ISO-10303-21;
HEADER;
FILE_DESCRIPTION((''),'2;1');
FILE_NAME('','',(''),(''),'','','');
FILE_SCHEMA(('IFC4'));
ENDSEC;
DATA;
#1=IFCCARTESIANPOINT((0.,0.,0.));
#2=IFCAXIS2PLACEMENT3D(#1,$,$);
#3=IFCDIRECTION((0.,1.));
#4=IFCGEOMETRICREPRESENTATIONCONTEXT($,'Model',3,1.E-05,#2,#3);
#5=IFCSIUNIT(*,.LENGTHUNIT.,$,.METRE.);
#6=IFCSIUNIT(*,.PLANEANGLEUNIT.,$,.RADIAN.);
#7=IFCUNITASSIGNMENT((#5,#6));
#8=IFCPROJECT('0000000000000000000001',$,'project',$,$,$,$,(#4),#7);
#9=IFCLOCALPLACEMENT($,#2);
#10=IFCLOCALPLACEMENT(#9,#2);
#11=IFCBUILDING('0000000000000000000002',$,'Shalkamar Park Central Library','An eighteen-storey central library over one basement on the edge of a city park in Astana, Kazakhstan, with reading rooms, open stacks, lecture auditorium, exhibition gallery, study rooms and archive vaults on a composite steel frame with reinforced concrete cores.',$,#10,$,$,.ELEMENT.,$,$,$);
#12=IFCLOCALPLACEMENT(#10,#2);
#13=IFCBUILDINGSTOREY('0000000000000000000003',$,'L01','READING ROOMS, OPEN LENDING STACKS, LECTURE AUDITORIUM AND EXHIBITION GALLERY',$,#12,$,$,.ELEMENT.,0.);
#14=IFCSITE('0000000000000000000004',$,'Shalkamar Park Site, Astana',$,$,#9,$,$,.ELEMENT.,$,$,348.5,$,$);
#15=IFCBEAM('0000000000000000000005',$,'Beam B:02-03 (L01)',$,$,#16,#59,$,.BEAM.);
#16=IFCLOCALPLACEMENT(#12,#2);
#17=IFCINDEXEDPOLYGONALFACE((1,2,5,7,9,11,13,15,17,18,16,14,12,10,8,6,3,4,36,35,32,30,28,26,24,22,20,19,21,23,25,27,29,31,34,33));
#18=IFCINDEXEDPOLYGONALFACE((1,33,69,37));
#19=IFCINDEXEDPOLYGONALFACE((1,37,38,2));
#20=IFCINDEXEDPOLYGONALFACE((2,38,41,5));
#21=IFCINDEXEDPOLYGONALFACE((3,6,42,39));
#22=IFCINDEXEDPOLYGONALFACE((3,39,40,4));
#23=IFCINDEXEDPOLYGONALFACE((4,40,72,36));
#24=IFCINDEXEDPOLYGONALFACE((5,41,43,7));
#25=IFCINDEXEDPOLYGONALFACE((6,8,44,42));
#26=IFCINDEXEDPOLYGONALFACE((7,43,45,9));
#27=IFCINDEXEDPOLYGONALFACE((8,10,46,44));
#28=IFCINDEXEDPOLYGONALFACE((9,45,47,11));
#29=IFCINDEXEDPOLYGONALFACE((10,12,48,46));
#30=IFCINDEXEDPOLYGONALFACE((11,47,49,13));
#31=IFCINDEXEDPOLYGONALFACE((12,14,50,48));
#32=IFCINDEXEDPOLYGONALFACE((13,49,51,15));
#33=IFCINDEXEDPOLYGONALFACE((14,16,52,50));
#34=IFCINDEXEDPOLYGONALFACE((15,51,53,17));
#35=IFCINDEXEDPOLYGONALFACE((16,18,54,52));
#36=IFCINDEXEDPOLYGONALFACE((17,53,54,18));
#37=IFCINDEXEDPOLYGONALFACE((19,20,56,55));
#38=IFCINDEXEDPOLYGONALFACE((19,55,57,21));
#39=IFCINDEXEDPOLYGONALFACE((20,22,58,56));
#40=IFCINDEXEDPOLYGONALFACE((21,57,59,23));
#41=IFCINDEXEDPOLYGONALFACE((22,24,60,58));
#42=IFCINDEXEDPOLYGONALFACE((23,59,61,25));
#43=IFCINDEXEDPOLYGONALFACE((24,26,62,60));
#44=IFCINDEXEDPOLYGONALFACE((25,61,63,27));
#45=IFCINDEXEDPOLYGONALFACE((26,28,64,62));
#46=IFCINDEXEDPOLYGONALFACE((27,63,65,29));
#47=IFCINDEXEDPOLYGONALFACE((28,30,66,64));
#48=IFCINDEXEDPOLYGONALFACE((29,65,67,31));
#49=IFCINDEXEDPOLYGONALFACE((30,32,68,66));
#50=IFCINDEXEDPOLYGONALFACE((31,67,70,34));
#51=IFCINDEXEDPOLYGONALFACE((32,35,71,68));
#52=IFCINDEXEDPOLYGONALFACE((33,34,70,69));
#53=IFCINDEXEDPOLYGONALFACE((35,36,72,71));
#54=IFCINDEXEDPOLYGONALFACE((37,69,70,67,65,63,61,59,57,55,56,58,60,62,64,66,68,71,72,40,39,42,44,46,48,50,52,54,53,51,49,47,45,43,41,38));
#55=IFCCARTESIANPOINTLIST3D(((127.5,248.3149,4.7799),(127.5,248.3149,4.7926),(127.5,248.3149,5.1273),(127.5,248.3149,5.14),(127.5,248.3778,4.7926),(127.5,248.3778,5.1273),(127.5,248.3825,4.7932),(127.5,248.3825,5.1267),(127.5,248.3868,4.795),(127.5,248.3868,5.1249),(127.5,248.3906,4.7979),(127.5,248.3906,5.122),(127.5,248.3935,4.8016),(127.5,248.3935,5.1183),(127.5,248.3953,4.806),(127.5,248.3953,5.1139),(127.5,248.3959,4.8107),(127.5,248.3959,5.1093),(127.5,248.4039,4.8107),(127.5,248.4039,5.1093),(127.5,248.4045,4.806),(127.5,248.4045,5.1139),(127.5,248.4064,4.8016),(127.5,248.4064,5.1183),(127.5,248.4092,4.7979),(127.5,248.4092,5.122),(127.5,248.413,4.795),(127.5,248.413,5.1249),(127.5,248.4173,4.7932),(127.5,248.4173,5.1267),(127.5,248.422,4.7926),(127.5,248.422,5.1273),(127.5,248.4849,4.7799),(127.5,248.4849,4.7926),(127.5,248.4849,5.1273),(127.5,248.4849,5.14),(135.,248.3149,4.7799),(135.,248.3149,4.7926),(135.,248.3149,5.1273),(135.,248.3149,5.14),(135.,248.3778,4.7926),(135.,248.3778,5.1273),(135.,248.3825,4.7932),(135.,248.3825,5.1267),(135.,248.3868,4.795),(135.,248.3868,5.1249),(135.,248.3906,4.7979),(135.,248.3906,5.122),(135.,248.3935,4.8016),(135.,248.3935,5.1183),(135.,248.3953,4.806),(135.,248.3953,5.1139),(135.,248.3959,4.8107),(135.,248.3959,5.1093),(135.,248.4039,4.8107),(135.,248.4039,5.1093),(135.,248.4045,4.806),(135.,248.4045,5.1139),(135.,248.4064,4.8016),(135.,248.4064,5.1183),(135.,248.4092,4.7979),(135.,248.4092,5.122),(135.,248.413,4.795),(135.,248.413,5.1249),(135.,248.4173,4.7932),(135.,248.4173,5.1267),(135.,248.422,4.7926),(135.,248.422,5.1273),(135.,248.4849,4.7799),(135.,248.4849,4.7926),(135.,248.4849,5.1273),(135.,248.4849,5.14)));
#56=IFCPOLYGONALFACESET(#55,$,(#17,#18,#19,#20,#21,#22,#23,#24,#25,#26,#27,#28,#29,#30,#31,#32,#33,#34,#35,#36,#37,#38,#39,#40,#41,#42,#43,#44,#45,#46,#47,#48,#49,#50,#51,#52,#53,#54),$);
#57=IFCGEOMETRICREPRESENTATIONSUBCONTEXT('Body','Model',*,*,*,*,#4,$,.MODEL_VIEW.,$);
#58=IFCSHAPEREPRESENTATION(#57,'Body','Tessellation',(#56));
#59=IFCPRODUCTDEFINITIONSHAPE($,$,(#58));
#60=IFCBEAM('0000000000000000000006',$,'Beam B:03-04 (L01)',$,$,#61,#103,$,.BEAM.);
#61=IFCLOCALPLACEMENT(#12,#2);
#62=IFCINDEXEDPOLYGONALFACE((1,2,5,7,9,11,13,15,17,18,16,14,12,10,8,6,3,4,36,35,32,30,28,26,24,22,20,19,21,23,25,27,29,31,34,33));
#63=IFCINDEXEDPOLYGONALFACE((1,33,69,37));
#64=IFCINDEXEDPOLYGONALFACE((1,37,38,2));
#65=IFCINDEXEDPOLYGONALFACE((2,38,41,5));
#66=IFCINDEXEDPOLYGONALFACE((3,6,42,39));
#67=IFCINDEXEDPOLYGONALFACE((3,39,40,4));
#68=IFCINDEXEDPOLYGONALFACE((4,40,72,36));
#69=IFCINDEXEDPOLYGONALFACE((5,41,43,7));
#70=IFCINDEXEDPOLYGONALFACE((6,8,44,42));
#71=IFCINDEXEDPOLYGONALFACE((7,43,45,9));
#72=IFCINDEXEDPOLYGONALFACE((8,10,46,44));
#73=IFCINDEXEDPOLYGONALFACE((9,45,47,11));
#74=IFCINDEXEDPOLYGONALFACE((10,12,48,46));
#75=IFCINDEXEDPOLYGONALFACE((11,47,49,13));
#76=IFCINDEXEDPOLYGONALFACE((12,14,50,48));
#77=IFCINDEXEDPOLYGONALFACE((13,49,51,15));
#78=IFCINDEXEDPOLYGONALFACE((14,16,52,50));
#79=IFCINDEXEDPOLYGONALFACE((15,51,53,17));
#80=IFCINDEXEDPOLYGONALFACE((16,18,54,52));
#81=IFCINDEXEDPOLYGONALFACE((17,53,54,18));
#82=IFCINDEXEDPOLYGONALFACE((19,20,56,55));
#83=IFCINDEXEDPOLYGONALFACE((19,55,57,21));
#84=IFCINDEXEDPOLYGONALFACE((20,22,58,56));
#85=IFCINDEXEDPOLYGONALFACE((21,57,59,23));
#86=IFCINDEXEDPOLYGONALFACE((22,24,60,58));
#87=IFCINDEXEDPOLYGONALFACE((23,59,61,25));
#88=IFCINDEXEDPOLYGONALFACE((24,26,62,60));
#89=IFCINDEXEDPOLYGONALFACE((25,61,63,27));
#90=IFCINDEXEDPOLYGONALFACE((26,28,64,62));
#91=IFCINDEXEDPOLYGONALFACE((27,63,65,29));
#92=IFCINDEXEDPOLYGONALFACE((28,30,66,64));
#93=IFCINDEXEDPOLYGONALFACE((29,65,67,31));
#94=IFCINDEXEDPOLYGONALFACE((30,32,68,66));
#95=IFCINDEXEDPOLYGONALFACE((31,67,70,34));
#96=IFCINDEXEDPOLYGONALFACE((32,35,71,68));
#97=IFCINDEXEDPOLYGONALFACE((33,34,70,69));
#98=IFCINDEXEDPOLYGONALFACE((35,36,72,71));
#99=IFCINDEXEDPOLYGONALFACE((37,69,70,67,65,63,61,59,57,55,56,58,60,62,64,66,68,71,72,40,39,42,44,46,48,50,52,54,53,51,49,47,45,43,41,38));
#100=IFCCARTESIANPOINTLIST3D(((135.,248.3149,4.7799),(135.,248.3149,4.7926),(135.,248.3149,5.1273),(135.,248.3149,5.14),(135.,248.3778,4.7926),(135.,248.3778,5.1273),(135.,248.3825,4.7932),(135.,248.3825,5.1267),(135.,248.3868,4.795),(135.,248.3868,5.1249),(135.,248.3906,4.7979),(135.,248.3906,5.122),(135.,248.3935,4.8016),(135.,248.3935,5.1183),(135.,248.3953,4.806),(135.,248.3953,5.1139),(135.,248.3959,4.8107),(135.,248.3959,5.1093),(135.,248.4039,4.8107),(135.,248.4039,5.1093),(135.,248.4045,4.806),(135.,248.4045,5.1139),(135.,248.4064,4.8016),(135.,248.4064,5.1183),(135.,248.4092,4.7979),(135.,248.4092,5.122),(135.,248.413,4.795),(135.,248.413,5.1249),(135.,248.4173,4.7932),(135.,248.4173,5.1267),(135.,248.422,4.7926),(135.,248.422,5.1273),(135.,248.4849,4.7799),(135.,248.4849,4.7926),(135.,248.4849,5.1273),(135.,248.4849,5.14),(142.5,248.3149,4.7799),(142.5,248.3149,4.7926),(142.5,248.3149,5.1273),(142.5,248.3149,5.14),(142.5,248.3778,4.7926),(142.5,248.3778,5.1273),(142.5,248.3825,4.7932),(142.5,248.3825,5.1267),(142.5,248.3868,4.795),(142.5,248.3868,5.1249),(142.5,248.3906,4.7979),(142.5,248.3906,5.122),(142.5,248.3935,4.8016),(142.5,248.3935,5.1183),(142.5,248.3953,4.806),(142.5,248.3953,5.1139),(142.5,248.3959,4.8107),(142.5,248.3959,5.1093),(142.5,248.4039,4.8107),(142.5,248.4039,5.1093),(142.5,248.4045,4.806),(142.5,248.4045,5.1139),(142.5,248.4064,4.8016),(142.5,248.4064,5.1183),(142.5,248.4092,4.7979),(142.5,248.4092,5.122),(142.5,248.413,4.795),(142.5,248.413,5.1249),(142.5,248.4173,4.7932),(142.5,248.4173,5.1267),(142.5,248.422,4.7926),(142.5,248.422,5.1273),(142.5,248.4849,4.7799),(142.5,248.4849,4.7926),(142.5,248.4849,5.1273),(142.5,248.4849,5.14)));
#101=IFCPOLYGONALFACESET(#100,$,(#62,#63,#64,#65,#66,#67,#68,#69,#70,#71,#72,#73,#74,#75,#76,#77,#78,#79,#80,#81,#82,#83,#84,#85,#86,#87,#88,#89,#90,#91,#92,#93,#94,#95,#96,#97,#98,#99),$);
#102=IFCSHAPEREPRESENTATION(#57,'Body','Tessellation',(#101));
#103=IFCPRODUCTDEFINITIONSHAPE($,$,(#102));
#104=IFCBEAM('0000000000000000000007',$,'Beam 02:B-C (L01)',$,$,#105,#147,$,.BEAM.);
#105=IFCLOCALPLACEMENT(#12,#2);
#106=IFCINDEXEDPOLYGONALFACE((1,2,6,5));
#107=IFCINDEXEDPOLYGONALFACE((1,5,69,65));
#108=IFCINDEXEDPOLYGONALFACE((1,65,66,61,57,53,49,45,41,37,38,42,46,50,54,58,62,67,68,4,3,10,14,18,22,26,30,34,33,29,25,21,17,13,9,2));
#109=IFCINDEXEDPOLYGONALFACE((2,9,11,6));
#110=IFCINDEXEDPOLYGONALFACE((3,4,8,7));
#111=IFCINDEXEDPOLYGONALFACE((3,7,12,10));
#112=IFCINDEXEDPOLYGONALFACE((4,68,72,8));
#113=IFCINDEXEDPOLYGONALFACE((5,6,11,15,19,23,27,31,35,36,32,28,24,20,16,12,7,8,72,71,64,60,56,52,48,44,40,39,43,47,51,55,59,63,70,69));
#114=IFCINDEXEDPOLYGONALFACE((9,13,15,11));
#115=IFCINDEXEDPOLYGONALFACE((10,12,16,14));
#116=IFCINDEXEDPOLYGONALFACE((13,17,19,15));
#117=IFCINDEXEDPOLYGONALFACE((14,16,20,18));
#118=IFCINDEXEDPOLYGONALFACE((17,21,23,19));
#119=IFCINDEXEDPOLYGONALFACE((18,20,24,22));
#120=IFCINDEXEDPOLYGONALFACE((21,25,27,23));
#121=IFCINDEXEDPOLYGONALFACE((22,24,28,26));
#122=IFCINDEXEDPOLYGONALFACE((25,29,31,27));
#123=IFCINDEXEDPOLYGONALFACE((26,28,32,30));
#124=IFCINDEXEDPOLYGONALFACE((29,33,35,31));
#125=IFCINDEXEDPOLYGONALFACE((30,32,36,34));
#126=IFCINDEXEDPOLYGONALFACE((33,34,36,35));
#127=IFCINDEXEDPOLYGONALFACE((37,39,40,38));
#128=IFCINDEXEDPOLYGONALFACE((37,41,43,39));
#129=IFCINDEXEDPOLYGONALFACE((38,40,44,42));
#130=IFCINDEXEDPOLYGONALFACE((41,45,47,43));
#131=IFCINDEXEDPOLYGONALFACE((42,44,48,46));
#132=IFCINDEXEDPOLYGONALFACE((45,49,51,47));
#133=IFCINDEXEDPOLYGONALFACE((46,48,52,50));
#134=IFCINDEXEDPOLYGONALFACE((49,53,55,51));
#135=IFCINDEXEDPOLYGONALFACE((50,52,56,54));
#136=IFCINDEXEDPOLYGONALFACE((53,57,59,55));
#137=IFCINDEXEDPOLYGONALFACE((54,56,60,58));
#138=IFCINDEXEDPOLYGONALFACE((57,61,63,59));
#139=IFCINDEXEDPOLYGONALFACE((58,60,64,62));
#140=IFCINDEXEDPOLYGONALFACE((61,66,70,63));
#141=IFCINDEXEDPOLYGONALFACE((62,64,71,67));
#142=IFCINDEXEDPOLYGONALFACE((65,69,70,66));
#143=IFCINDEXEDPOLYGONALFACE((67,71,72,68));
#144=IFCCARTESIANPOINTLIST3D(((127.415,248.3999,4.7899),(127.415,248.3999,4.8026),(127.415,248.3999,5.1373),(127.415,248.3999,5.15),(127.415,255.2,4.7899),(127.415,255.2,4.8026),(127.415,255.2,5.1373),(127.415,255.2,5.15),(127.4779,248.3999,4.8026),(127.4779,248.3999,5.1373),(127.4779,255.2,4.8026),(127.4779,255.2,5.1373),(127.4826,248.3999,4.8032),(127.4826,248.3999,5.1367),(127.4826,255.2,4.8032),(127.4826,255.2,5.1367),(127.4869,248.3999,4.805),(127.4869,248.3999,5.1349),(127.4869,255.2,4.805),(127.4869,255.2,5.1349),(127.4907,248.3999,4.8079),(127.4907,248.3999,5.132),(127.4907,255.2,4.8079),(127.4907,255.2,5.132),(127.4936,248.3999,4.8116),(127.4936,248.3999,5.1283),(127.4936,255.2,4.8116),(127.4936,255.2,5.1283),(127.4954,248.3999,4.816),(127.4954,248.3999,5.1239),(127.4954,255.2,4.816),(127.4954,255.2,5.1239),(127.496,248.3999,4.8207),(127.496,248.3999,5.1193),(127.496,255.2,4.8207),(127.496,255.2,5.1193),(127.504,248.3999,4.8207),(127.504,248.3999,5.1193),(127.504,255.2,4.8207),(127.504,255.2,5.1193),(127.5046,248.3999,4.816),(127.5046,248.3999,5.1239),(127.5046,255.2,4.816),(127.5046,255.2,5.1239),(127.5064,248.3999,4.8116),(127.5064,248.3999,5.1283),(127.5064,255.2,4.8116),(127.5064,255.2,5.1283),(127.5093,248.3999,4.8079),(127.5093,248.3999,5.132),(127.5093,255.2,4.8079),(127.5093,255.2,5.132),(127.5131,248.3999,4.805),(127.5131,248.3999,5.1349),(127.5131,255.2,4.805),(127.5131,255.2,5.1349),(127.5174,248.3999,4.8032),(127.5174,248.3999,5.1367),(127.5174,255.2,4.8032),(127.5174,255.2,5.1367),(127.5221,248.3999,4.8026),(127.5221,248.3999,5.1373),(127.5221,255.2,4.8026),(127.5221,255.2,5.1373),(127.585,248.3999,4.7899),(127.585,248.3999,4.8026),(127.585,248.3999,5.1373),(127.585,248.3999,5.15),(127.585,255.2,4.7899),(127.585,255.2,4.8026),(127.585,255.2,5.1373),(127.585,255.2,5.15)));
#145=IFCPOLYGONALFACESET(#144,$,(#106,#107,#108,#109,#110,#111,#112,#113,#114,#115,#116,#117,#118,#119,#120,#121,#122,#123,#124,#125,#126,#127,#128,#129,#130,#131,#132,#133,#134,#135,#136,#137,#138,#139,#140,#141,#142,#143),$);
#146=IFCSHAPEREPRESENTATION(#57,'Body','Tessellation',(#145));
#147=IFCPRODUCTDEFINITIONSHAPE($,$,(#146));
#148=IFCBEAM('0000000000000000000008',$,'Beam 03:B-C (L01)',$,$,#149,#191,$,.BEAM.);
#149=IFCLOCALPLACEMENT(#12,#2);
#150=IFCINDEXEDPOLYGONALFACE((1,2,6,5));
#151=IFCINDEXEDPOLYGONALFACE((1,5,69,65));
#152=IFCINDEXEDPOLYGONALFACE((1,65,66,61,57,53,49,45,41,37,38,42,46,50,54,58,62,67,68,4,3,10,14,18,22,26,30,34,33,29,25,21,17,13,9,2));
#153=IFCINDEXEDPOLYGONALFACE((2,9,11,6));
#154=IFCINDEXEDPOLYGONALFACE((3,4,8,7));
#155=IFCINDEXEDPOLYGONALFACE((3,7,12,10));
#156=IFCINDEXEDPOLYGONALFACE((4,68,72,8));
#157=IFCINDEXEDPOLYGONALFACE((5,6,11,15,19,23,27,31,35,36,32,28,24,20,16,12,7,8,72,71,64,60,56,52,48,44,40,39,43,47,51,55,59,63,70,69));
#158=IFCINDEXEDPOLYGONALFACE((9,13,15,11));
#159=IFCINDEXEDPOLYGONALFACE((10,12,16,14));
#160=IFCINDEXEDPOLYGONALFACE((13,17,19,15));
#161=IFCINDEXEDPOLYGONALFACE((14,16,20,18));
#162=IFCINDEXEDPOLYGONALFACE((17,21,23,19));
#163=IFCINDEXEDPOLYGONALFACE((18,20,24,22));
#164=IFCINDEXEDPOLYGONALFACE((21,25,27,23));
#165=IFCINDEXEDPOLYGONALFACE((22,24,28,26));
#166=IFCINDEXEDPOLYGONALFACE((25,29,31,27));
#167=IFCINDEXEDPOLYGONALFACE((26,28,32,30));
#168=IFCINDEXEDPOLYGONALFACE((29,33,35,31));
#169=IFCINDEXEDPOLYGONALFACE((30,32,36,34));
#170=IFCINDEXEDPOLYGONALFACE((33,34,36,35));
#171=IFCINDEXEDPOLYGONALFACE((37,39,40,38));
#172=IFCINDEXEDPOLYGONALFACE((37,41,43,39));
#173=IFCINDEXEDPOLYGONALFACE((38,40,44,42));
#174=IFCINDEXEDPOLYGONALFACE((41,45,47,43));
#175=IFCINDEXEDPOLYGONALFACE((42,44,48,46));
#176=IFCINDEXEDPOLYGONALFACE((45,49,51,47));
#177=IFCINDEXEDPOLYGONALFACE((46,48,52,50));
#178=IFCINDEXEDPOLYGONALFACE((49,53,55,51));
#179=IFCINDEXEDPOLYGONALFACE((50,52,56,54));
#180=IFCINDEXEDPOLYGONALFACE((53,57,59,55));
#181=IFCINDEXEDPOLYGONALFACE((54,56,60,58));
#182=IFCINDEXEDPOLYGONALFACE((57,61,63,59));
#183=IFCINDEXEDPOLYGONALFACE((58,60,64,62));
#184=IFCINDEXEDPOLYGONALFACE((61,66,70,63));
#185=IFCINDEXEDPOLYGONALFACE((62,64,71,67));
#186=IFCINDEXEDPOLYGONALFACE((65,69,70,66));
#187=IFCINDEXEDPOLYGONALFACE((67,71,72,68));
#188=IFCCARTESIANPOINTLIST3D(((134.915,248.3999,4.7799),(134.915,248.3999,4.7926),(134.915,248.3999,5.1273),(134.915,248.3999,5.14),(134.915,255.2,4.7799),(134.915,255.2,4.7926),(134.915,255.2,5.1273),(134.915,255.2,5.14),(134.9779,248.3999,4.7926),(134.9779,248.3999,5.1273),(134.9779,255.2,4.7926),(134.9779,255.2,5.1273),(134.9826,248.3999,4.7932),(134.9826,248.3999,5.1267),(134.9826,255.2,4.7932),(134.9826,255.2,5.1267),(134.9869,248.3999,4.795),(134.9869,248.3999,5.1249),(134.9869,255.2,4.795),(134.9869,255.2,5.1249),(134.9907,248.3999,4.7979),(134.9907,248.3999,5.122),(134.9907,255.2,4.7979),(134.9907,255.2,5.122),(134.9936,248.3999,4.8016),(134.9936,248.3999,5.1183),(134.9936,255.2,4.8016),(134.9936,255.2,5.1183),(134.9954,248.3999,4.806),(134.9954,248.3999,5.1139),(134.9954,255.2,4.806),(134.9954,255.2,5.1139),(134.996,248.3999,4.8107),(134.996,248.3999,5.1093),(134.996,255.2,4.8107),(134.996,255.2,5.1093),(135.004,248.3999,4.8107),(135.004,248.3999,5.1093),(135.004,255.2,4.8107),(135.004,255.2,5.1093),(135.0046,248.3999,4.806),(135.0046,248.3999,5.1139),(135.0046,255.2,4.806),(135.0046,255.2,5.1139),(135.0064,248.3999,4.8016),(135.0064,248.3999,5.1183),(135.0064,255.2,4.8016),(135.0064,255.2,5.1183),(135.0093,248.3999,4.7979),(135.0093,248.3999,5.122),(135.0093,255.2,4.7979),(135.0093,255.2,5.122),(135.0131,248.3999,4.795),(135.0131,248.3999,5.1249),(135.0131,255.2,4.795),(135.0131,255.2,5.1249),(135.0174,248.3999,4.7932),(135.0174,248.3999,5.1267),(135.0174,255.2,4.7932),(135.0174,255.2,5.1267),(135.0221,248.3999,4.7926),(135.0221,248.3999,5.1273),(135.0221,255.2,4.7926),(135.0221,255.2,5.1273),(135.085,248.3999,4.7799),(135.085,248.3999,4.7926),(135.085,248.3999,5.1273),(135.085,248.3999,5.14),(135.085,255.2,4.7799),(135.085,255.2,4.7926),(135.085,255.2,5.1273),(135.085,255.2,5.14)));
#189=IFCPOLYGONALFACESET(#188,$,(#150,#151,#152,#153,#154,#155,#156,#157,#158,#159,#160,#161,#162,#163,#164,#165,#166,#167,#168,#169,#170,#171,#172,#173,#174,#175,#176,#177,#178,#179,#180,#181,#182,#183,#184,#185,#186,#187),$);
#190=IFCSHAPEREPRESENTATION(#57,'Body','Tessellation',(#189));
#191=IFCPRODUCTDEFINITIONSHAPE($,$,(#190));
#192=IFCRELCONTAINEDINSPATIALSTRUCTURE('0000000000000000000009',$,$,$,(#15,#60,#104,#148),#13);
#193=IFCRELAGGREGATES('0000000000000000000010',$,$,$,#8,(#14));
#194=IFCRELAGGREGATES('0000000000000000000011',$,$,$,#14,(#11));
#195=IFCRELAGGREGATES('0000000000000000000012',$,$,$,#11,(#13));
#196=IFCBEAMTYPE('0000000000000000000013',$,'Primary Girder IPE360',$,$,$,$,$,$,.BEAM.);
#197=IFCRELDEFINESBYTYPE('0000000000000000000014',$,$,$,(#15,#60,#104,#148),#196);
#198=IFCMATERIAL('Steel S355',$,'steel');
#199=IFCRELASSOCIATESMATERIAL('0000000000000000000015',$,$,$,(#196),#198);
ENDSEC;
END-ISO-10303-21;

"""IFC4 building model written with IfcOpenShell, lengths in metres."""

from ifc_helpers import new_model, si_unit, direction, frame, origin, origin_2d, place, context, subcontext, project, spatial, i_section, extrude, material, material_profile, profile_set, type_object, element, save


model = new_model("IFC4")

# Units and contexts
model_context = context("Model", 3, precision=1e-05, world=origin(), true_north=direction((0.0, 1.0)))
body_context = subcontext(model_context, "Body", "Model", "MODEL_VIEW")
ifc_project = project(units=[si_unit("LENGTHUNIT", "METRE"), si_unit("PLANEANGLEUNIT", "RADIAN")], contexts=[model_context])

# Site, building, storey
site_placement = place(None, origin())
site = spatial("IfcSite", under=ifc_project, at=site_placement, Name="Shalkamar Park Site, Astana", CompositionType="ELEMENT", RefElevation=348.5)
building_placement = place(site_placement, origin())
building = spatial("IfcBuilding", under=site, at=building_placement, Name="Shalkamar Park Central Library", Description="An eighteen-storey central library over one basement on the edge of a city park in Astana, Kazakhstan, with reading rooms, open stacks, lecture auditorium, exhibition gallery, study rooms and archive vaults on a composite steel frame with reinforced concrete cores.", CompositionType="ELEMENT")
storey_placement = place(building_placement, origin())
storey = spatial("IfcBuildingStorey", under=building, at=storey_placement, Name="L01", Description="READING ROOMS, OPEN LENDING STACKS, LECTURE AUDITORIUM AND EXHIBITION GALLERY", CompositionType="ELEMENT", Elevation=0.0)

# Shared definitions
ifc_material_1 = material(Name="Steel S355", Category="steel")

# Beams
ifc_material_profile_1 = material_profile(ifc_material_1, i_section(OverallWidth=0.1699, OverallDepth=0.3601, WebThickness=0.0081, FlangeThickness=0.0127, FilletRadius=0.0181, at=origin_2d()), Name="IPE 360")
ifc_profile_set_1 = profile_set([ifc_material_profile_1], Name="Steel S355")
beam_type_1 = type_object("IfcBeamType", Name="Primary Girder IPE360", PredefinedType="BEAM", material=ifc_profile_set_1)
for number, where, z_axis, x_axis, name in (
    (1, (127.5, 248.3999, 4.96), (1.0, 0.0, 0.0), (0.0, 1.0, 0.0), "Beam B:02-03 (L01)"),
    (2, (135.0, 248.3999, 4.96), (1.0, 0.0, 0.0), (0.0, 1.0, 0.0), "Beam B:03-04 (L01)"),
):
    element("IfcBeam", number, at=place(storey_placement, frame(where, z_axis=z_axis, x_axis=x_axis)), inside=storey, type_object=beam_type_1, Name=name, PredefinedType="BEAM", context=body_context, shape_type="SweptSolid", body=[
        extrude(i_section(OverallWidth=0.1699, OverallDepth=0.3601, WebThickness=0.0081, FlangeThickness=0.0127, FilletRadius=0.0181, at=origin_2d()), origin(), (0.0, 0.0, 1.0), 7.5),
    ])
for number, where, z_axis, x_axis, name in (
    (3, (127.5, 248.3999, 4.97), (0.0, 1.0, 0.0), (-1.0, 0.0, 0.0), "Beam 02:B-C (L01)"),
    (4, (135.0, 248.3999, 4.96), (0.0, 1.0, 0.0), (-1.0, 0.0, 0.0), "Beam 03:B-C (L01)"),
):
    element("IfcBeam", number, at=place(storey_placement, frame(where, z_axis=z_axis, x_axis=x_axis)), inside=storey, type_object=beam_type_1, Name=name, PredefinedType="BEAM", context=body_context, shape_type="SweptSolid", body=[
        extrude(i_section(OverallWidth=0.1699, OverallDepth=0.3601, WebThickness=0.0081, FlangeThickness=0.0127, FilletRadius=0.0181, at=origin_2d()), origin(), (0.0, 0.0, 1.0), 6.8),
    ])

save(model, "model.ifc")
